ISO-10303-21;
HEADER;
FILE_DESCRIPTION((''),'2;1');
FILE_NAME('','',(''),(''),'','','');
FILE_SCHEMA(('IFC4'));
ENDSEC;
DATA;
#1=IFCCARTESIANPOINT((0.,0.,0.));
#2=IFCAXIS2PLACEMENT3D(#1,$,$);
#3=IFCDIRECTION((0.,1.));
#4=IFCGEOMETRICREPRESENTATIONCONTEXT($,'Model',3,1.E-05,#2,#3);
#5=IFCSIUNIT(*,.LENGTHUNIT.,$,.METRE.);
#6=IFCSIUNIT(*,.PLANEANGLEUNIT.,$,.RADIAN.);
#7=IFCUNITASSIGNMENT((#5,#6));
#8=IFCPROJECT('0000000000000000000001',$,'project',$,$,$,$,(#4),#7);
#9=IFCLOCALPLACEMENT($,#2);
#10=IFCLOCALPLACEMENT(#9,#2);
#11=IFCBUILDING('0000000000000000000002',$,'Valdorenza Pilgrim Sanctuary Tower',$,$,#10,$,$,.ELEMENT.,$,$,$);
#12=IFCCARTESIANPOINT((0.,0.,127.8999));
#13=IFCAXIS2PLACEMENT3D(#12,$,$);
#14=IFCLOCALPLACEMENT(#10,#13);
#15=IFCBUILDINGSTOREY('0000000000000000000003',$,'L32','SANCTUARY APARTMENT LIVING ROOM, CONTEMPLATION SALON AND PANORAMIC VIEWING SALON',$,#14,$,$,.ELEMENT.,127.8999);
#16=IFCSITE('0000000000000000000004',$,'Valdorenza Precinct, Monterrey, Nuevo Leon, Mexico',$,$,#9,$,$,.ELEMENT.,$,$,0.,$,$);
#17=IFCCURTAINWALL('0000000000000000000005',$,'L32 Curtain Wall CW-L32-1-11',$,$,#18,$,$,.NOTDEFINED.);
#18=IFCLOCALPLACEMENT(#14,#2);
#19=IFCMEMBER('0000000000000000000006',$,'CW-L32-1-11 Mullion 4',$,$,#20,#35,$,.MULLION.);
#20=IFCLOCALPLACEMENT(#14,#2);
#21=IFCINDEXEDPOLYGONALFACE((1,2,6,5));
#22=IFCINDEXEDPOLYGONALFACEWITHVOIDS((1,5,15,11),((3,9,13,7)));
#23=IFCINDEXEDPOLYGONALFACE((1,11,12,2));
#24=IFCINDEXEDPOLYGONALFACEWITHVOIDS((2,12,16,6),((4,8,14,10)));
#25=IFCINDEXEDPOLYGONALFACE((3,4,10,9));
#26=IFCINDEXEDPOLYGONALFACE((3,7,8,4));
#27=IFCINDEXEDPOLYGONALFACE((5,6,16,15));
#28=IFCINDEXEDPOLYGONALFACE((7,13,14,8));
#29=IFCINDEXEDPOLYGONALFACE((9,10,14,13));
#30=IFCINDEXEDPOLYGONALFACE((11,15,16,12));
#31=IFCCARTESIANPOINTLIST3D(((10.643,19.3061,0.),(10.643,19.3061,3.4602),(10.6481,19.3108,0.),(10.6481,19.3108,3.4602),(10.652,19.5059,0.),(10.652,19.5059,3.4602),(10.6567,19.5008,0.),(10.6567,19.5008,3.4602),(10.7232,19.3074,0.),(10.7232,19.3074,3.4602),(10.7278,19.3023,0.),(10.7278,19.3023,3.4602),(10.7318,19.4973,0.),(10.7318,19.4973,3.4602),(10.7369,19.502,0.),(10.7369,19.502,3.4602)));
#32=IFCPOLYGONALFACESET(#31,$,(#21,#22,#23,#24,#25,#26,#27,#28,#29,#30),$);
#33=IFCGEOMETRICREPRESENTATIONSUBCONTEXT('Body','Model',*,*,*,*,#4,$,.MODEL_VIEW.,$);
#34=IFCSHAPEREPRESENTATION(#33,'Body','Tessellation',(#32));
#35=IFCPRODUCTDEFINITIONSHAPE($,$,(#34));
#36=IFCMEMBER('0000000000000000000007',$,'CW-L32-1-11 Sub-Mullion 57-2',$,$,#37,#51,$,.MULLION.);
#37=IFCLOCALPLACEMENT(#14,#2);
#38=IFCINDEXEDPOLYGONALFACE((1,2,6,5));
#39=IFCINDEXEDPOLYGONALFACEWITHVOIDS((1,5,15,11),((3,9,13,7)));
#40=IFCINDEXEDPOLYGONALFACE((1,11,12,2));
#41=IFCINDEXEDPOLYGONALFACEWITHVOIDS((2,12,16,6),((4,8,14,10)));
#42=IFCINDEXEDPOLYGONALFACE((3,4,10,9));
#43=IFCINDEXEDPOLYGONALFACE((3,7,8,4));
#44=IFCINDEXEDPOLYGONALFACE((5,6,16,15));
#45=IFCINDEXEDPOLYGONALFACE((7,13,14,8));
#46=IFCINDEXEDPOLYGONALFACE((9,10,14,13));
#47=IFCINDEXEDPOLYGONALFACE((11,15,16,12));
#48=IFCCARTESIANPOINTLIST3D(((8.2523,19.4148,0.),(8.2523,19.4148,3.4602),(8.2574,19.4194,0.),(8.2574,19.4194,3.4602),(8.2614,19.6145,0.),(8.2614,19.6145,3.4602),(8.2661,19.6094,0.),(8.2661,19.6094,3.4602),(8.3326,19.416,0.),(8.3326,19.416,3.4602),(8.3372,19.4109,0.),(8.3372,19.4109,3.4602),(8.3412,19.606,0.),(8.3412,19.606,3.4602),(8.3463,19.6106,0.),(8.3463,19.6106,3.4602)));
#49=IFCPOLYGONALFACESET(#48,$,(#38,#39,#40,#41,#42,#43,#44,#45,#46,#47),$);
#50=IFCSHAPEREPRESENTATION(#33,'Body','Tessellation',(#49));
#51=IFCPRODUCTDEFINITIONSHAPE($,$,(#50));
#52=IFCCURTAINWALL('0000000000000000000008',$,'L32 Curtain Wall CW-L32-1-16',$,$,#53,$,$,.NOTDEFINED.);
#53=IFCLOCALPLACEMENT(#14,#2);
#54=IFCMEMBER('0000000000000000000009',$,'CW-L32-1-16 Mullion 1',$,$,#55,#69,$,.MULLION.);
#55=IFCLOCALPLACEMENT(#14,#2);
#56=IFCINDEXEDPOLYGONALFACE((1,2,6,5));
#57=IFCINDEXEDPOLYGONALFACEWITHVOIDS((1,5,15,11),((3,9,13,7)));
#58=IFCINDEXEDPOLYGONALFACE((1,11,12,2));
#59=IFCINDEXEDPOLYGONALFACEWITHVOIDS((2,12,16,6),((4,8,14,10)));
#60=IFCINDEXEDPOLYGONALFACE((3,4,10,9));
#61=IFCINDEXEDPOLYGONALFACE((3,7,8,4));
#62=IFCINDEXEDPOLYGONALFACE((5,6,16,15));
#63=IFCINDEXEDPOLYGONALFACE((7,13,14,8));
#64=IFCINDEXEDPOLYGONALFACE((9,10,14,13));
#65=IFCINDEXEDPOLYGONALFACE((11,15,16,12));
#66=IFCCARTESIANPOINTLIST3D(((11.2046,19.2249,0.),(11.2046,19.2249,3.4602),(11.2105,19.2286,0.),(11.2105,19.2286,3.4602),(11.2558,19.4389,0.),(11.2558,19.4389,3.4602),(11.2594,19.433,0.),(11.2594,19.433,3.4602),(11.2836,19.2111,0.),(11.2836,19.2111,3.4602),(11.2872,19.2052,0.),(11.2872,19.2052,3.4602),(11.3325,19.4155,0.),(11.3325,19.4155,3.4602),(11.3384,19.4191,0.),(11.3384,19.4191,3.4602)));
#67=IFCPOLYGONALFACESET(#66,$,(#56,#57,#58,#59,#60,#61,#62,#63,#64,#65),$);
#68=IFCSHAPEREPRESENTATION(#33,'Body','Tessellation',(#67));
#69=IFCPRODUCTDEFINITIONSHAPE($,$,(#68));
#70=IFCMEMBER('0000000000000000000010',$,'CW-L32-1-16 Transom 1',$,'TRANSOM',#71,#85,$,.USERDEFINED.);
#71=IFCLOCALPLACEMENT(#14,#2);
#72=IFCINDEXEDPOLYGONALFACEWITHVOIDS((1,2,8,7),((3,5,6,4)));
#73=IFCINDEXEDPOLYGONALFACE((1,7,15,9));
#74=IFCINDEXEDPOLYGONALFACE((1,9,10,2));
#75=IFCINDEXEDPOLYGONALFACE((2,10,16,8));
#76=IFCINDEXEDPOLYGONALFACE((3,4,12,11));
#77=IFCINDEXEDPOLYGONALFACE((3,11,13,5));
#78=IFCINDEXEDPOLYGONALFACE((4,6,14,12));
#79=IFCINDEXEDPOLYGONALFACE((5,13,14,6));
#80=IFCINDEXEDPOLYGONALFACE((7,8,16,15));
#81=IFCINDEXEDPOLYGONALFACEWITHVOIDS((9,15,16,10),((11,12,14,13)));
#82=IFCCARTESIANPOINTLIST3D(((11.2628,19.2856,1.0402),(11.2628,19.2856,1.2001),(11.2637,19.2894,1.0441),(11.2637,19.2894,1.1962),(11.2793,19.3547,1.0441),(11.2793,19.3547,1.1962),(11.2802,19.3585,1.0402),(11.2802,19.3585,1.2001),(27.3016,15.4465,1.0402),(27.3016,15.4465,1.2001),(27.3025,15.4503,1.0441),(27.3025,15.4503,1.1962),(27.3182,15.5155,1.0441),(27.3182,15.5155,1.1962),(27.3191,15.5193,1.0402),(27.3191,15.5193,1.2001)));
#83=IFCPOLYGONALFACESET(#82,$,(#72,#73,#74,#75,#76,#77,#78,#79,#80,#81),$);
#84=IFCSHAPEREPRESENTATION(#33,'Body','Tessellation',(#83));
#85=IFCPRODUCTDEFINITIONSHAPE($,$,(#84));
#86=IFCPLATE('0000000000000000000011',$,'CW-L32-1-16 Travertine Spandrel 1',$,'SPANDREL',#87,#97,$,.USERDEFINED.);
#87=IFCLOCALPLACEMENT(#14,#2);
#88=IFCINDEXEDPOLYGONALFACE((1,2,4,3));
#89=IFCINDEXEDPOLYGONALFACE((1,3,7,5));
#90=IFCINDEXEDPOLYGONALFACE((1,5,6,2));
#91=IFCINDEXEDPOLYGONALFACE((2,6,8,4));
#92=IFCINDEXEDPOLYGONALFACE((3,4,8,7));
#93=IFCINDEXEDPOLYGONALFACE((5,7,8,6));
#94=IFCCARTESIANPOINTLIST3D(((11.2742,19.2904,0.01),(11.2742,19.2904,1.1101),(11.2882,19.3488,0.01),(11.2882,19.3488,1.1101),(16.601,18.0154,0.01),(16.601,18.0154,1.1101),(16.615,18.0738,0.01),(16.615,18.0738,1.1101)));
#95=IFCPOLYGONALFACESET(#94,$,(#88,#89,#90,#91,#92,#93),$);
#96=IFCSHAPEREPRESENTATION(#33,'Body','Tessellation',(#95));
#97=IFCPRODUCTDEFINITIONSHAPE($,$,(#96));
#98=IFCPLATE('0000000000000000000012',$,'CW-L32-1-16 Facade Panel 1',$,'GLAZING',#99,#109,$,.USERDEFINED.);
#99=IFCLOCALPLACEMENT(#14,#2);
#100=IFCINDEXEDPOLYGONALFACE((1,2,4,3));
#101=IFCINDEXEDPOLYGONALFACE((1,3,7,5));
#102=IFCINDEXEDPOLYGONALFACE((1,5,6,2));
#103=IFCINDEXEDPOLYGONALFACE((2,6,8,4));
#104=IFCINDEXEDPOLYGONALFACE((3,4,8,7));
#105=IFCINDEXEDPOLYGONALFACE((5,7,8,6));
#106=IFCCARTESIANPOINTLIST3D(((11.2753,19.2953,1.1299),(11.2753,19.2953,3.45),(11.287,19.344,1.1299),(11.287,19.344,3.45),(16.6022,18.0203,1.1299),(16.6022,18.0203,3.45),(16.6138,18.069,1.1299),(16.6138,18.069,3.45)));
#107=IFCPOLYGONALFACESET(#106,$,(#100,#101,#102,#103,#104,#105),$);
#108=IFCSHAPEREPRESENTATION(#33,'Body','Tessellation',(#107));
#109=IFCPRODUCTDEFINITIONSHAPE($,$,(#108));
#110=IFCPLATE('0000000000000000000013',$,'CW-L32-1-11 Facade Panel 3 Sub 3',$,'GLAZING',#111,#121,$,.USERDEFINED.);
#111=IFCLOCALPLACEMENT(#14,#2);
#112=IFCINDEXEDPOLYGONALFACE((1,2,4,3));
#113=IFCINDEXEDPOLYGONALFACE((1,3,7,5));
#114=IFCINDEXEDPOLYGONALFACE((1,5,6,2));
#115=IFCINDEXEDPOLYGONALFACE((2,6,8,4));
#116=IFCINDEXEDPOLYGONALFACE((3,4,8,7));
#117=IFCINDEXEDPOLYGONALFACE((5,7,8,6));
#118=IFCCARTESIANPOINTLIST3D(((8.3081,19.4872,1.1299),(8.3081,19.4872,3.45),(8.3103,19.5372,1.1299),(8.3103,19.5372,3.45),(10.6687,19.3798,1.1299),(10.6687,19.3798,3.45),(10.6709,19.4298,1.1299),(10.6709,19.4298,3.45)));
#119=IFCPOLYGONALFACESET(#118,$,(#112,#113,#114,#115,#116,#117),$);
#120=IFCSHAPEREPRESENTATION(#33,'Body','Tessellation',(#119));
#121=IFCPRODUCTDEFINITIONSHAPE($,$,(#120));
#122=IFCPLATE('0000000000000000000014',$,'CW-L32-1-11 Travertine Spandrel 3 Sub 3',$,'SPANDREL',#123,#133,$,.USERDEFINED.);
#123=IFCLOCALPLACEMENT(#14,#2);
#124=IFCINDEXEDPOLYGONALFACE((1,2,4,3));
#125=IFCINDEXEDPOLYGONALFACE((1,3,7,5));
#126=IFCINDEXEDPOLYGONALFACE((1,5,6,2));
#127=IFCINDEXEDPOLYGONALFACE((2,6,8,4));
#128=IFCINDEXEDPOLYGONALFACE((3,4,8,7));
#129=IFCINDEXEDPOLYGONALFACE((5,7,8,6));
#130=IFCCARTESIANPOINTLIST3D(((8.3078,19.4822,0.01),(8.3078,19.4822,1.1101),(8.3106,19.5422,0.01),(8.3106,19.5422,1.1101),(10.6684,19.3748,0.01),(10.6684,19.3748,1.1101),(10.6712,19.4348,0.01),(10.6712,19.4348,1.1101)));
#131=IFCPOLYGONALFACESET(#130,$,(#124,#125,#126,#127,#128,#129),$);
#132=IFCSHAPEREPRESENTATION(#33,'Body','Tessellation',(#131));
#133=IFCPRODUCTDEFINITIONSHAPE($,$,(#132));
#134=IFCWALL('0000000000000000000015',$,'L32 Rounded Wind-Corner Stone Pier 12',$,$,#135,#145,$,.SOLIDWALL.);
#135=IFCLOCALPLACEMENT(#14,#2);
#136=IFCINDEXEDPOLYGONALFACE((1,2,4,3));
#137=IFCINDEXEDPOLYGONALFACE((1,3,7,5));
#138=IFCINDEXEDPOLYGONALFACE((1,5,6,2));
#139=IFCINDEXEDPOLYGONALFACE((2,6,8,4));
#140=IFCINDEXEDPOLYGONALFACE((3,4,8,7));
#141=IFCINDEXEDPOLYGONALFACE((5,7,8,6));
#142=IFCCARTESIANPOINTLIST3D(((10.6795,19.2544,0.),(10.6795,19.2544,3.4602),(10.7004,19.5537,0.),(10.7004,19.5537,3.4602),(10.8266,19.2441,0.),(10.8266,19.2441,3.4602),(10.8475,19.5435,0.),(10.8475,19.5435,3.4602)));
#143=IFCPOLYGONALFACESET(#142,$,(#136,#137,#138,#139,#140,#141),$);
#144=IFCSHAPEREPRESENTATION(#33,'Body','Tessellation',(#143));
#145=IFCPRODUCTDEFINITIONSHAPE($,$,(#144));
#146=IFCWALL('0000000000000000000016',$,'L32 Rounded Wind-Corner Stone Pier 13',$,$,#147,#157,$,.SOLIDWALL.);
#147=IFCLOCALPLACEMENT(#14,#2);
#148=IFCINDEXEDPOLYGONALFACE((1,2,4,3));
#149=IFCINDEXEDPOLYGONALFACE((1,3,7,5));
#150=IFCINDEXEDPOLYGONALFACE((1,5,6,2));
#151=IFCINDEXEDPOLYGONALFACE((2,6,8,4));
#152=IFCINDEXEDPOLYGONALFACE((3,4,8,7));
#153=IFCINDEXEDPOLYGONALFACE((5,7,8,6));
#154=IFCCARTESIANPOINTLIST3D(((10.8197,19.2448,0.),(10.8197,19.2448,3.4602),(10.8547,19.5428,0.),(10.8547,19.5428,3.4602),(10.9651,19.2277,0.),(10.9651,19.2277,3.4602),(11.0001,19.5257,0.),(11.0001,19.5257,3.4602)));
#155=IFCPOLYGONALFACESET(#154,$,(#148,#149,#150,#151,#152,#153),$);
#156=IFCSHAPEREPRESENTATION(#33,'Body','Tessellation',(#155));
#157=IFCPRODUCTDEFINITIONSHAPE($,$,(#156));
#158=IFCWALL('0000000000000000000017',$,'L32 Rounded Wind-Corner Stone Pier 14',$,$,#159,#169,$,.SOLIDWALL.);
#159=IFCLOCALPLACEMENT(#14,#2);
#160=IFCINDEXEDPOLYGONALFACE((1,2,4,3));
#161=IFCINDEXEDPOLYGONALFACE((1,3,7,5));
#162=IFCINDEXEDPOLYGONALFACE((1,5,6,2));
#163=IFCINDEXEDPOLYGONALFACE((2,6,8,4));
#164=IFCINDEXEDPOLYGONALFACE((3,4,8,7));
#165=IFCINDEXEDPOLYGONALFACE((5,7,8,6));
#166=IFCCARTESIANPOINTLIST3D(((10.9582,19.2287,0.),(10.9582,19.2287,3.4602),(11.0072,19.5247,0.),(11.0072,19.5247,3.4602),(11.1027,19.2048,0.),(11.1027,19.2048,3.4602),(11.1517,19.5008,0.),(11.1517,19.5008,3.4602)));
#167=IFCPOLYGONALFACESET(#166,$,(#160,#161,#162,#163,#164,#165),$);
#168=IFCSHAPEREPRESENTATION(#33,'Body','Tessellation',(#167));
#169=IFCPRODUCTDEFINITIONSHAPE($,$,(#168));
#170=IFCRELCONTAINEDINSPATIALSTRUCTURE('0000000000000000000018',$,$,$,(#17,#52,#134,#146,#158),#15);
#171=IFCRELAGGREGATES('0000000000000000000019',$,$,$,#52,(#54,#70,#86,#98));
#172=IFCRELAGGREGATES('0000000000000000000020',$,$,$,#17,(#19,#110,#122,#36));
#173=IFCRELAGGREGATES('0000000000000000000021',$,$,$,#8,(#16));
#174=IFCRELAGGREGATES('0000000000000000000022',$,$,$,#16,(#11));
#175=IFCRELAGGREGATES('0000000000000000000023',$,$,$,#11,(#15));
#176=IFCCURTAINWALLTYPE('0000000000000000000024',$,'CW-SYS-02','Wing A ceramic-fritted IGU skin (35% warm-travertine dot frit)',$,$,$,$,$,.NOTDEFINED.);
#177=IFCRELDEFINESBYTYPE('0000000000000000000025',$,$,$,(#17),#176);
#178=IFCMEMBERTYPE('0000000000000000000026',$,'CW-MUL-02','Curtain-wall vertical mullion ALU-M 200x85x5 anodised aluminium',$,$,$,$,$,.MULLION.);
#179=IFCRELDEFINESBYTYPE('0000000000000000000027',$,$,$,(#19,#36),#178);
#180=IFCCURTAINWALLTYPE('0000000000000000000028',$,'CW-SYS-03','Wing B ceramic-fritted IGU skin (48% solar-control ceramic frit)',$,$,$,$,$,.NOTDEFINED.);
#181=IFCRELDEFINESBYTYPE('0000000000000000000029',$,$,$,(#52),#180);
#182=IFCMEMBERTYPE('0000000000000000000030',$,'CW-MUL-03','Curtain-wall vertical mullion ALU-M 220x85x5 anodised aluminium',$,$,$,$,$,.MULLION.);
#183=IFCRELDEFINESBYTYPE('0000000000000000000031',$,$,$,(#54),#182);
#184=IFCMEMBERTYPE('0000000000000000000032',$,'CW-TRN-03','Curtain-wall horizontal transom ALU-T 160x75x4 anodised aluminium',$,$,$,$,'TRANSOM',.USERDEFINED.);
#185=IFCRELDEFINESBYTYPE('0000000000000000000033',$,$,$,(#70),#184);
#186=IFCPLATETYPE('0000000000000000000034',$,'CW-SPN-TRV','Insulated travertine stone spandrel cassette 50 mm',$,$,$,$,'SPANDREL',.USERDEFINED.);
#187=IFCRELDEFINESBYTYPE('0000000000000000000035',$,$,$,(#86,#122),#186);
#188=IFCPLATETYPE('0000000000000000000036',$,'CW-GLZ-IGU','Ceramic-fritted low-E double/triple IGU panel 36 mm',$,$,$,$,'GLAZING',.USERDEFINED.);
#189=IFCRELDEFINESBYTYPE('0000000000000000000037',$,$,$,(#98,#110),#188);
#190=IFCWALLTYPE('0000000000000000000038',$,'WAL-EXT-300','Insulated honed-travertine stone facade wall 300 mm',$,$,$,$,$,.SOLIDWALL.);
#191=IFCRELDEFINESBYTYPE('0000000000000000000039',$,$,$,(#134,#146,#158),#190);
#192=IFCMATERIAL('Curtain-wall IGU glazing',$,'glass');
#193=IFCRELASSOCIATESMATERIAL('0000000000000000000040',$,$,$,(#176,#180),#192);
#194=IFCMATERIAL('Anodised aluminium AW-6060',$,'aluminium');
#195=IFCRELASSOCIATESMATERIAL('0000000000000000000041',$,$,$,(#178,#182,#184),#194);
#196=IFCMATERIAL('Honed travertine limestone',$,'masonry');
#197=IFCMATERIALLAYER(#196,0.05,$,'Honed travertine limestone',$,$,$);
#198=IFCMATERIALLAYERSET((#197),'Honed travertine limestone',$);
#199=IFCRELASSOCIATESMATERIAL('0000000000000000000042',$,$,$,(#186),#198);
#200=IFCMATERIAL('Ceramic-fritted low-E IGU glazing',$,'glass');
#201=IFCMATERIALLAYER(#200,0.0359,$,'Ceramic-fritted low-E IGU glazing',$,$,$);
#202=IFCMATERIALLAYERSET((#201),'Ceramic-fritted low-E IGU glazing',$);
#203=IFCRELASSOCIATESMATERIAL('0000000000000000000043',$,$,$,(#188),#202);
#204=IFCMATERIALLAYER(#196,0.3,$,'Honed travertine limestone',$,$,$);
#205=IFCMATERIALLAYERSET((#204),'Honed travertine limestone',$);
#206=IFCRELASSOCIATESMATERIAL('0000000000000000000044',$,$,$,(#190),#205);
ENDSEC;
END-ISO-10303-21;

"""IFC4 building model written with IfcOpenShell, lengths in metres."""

from ifc_helpers import new_model, si_unit, direction, frame, frame_2d, origin, origin_2d, place, context, subcontext, project, spatial, rectangle, hollow_rectangle, extrude, source, transform, mapped, material, layer, layer_set, material_profile, profile_set, type_object, element, aggregate, save


model = new_model("IFC4")

# Units and contexts
model_context = context("Model", 3, precision=1e-05, world=origin(), true_north=direction((0.0, 1.0)))
body_context = subcontext(model_context, "Body", "Model", "MODEL_VIEW")
ifc_project = project(units=[si_unit("LENGTHUNIT", "METRE"), si_unit("PLANEANGLEUNIT", "RADIAN")], contexts=[model_context])

# Site, building, storey
site_placement = place(None, origin())
site = spatial("IfcSite", under=ifc_project, at=site_placement, Name="Valdorenza Precinct, Monterrey, Nuevo Leon, Mexico", CompositionType="ELEMENT", RefElevation=0.0)
building_placement = place(site_placement, origin())
building = spatial("IfcBuilding", under=site, at=building_placement, Name="Valdorenza Pilgrim Sanctuary Tower", CompositionType="ELEMENT")
storey_placement = place(building_placement, frame((0.0, 0.0, 127.8999)))
storey = spatial("IfcBuildingStorey", under=building, at=storey_placement, Name="L32", Description="SANCTUARY APARTMENT LIVING ROOM, CONTEMPLATION SALON AND PANORAMIC VIEWING SALON", CompositionType="ELEMENT", Elevation=127.8999)

# Curtain wall, members
ifc_material_1 = material(Name="Curtain-wall IGU glazing", Category="glass")
curtain_wall_type_1 = type_object("IfcCurtainWallType", Name="CW-SYS-02", Description="Wing A ceramic-fritted IGU skin (35% warm-travertine dot frit)", PredefinedType="NOTDEFINED", material=ifc_material_1)
curtain_wall_1_placement = place(storey_placement, origin())
curtain_wall_1 = element("IfcCurtainWall", 1, at=curtain_wall_1_placement, inside=storey, type_object=curtain_wall_type_1, Name="L32 Curtain Wall CW-L32-1-11", PredefinedType="NOTDEFINED")
ifc_material_2 = material(Name="Anodised aluminium AW-6060", Category="aluminium")
ifc_material_profile_1 = material_profile(ifc_material_2, hollow_rectangle(XDim=0.085, YDim=0.2, WallThickness=0.0049, at=origin_2d()), Name="ALU-M 200x85x5")
ifc_profile_set_1 = profile_set([ifc_material_profile_1], Name="Anodised aluminium AW-6060")
member_type_1 = type_object("IfcMemberType", Name="CW-MUL-02", Description="Curtain-wall vertical mullion ALU-M 200x85x5 anodised aluminium", PredefinedType="MULLION", material=ifc_profile_set_1)
shared_shape_1 = source(origin(), body_context, "Body", "SweptSolid", [
    extrude(hollow_rectangle(XDim=0.085, YDim=0.2, WallThickness=0.0049, at=origin_2d()), origin(), (0.0, 0.0, 1.0), 3.4602),
])
member_1_placement = place(storey_placement, frame((10.6899, 19.4041, 0.0), z_axis=(0.0, 0.0, 1.0), x_axis=(0.998968, -0.045415, 0.0)))
member_1 = element("IfcMember", 2, at=member_1_placement, type_object=member_type_1, Name="CW-L32-1-11 Mullion 4", PredefinedType="MULLION", context=body_context, shape_type="MappedRepresentation", body=[
    mapped(shared_shape_1, transform((0.0, 0.0, 0.0), x_axis=(1.0, 0.0, 0.0), y_axis=(0.0, 1.0, 0.0), z_axis=(0.0, 0.0, 1.0), scale=1.0)),
])
member_2_placement = place(storey_placement, frame((8.2993, 19.5127, 0.0), z_axis=(0.0, 0.0, 1.0), x_axis=(0.998968, -0.045415, 0.0)))
member_2 = element("IfcMember", 3, at=member_2_placement, type_object=member_type_1, Name="CW-L32-1-11 Sub-Mullion 57-2", PredefinedType="MULLION", context=body_context, shape_type="MappedRepresentation", body=[
    mapped(shared_shape_1, transform((0.0, 0.0, 0.0), x_axis=(1.0, 0.0, 0.0), y_axis=(0.0, 1.0, 0.0), z_axis=(0.0, 0.0, 1.0), scale=1.0)),
])

# Curtain wall, members, plates
curtain_wall_type_2 = type_object("IfcCurtainWallType", Name="CW-SYS-03", Description="Wing B ceramic-fritted IGU skin (48% solar-control ceramic frit)", PredefinedType="NOTDEFINED", material=ifc_material_1)
curtain_wall_2_placement = place(storey_placement, origin())
curtain_wall_2 = element("IfcCurtainWall", 4, at=curtain_wall_2_placement, inside=storey, type_object=curtain_wall_type_2, Name="L32 Curtain Wall CW-L32-1-16", PredefinedType="NOTDEFINED")
ifc_material_profile_2 = material_profile(ifc_material_2, hollow_rectangle(XDim=0.085, YDim=0.22, WallThickness=0.0049, at=origin_2d()), Name="ALU-M 220x85x5")
ifc_profile_set_2 = profile_set([ifc_material_profile_2], Name="Anodised aluminium AW-6060")
member_type_2 = type_object("IfcMemberType", Name="CW-MUL-03", Description="Curtain-wall vertical mullion ALU-M 220x85x5 anodised aluminium", PredefinedType="MULLION", material=ifc_profile_set_2)
shared_shape_2 = source(origin(), body_context, "Body", "SweptSolid", [
    extrude(hollow_rectangle(XDim=0.085, YDim=0.22, WallThickness=0.0049, at=origin_2d()), origin(), (0.0, 0.0, 1.0), 3.4602),
])
member_3_placement = place(storey_placement, frame((11.2715, 19.322, 0.0), z_axis=(0.0, 0.0, 1.0), x_axis=(0.972529, -0.232783, 0.0)))
member_3 = element("IfcMember", 5, at=member_3_placement, type_object=member_type_2, Name="CW-L32-1-16 Mullion 1", PredefinedType="MULLION", context=body_context, shape_type="MappedRepresentation", body=[
    mapped(shared_shape_2, transform((0.0, 0.0, 0.0), x_axis=(1.0, 0.0, 0.0), y_axis=(0.0, 1.0, 0.0), z_axis=(0.0, 0.0, 1.0), scale=1.0)),
])
ifc_material_profile_3 = material_profile(ifc_material_2, hollow_rectangle(XDim=0.075, YDim=0.1599, WallThickness=0.0039, at=origin_2d()), Name="ALU-T 160x75x4")
ifc_profile_set_3 = profile_set([ifc_material_profile_3], Name="Anodised aluminium AW-6060")
member_type_3 = type_object("IfcMemberType", Name="CW-TRN-03", Description="Curtain-wall horizontal transom ALU-T 160x75x4 anodised aluminium", ElementType="TRANSOM", PredefinedType="USERDEFINED", material=ifc_profile_set_3)
shared_shape_3 = source(origin(), body_context, "Body", "SweptSolid", [
    extrude(hollow_rectangle(XDim=0.075, YDim=0.1599, WallThickness=0.0039, at=origin_2d()), origin(), (0.0, 0.0, 1.0), 16.4919),
])
member_4_placement = place(storey_placement, frame((11.2715, 19.322, 1.1201), z_axis=(0.972528, -0.232788, 0.0), x_axis=(0.232788, 0.972528, 0.0)))
member_4 = element("IfcMember", 6, at=member_4_placement, type_object=member_type_3, Name="CW-L32-1-16 Transom 1", ObjectType="TRANSOM", PredefinedType="USERDEFINED", context=body_context, shape_type="MappedRepresentation", body=[
    mapped(shared_shape_3, transform((0.0, 0.0, 0.0), x_axis=(1.0, 0.0, 0.0), y_axis=(0.0, 1.0, 0.0), z_axis=(0.0, 0.0, 1.0), scale=1.0)),
])
ifc_material_3 = material(Name="Honed travertine limestone", Category="masonry")
ifc_layer_1 = layer(ifc_material_3, 0.05, Name="Honed travertine limestone")
ifc_layer_set_1 = layer_set([ifc_layer_1], Name="Honed travertine limestone")
plate_type_1 = type_object("IfcPlateType", Name="CW-SPN-TRV", Description="Insulated travertine stone spandrel cassette 50 mm", ElementType="SPANDREL", PredefinedType="USERDEFINED", material=ifc_layer_set_1)
shared_shape_4 = source(origin(), body_context, "Body", "SweptSolid", [
    extrude(rectangle(XDim=5.4773, YDim=0.0601, at=origin_2d()), origin(), (0.0, 0.0, 1.0), 1.1001),
])
plate_1_placement = place(storey_placement, frame((13.9446, 18.6821, 0.01), z_axis=(0.0, 0.0, 1.0), x_axis=(0.972529, -0.232783, 0.0)))
plate_1 = element("IfcPlate", 7, at=plate_1_placement, type_object=plate_type_1, Name="CW-L32-1-16 Travertine Spandrel 1", ObjectType="SPANDREL", PredefinedType="USERDEFINED", context=body_context, shape_type="MappedRepresentation", body=[
    mapped(shared_shape_4, transform((0.0, 0.0, 0.0), x_axis=(1.0, 0.0, 0.0), y_axis=(0.0, 1.0, 0.0), z_axis=(0.0, 0.0, 1.0), scale=1.0)),
])
ifc_material_4 = material(Name="Ceramic-fritted low-E IGU glazing", Category="glass")
ifc_layer_2 = layer(ifc_material_4, 0.0359, Name="Ceramic-fritted low-E IGU glazing")
ifc_layer_set_2 = layer_set([ifc_layer_2], Name="Ceramic-fritted low-E IGU glazing")
plate_type_2 = type_object("IfcPlateType", Name="CW-GLZ-IGU", Description="Ceramic-fritted low-E double/triple IGU panel 36 mm", ElementType="GLAZING", PredefinedType="USERDEFINED", material=ifc_layer_set_2)
shared_shape_5 = source(origin(), body_context, "Body", "SweptSolid", [
    extrude(rectangle(XDim=5.4773, YDim=0.05, at=origin_2d()), origin(), (0.0, 0.0, 1.0), 2.3201),
])
plate_2_placement = place(storey_placement, frame((13.9446, 18.6821, 1.1299), z_axis=(0.0, 0.0, 1.0), x_axis=(0.972529, -0.232783, 0.0)))
plate_2 = element("IfcPlate", 8, at=plate_2_placement, type_object=plate_type_2, Name="CW-L32-1-16 Facade Panel 1", ObjectType="GLAZING", PredefinedType="USERDEFINED", context=body_context, shape_type="MappedRepresentation", body=[
    mapped(shared_shape_5, transform((0.0, 0.0, 0.0), x_axis=(1.0, 0.0, 0.0), y_axis=(0.0, 1.0, 0.0), z_axis=(0.0, 0.0, 1.0), scale=1.0)),
])
aggregate(curtain_wall_2, [member_3, member_4, plate_1, plate_2])

# Plates
shared_shape_6 = source(origin(), body_context, "Body", "SweptSolid", [
    extrude(rectangle(XDim=2.363, YDim=0.05, at=origin_2d()), origin(), (0.0, 0.0, 1.0), 2.3201),
])
plate_3_placement = place(storey_placement, frame((9.4895, 19.4585, 1.1299), z_axis=(0.0, 0.0, 1.0), x_axis=(0.998968, -0.045415, 0.0)))
plate_3 = element("IfcPlate", 9, at=plate_3_placement, type_object=plate_type_2, Name="CW-L32-1-11 Facade Panel 3 Sub 3", ObjectType="GLAZING", PredefinedType="USERDEFINED", context=body_context, shape_type="MappedRepresentation", body=[
    mapped(shared_shape_6, transform((0.0, 0.0, 0.0), x_axis=(1.0, 0.0, 0.0), y_axis=(0.0, 1.0, 0.0), z_axis=(0.0, 0.0, 1.0), scale=1.0)),
])
shared_shape_7 = source(origin(), body_context, "Body", "SweptSolid", [
    extrude(rectangle(XDim=2.363, YDim=0.0601, at=origin_2d()), origin(), (0.0, 0.0, 1.0), 1.1001),
])
plate_4_placement = place(storey_placement, frame((9.4895, 19.4585, 0.01), z_axis=(0.0, 0.0, 1.0), x_axis=(0.998968, -0.045415, 0.0)))
plate_4 = element("IfcPlate", 10, at=plate_4_placement, type_object=plate_type_1, Name="CW-L32-1-11 Travertine Spandrel 3 Sub 3", ObjectType="SPANDREL", PredefinedType="USERDEFINED", context=body_context, shape_type="MappedRepresentation", body=[
    mapped(shared_shape_7, transform((0.0, 0.0, 0.0), x_axis=(1.0, 0.0, 0.0), y_axis=(0.0, 1.0, 0.0), z_axis=(0.0, 0.0, 1.0), scale=1.0)),
])
aggregate(curtain_wall_1, [member_1, plate_3, plate_4, member_2])

# Walls
ifc_layer_3 = layer(ifc_material_3, 0.3, Name="Honed travertine limestone")
ifc_layer_set_3 = layer_set([ifc_layer_3], Name="Honed travertine limestone")
wall_type_1 = type_object("IfcWallType", Name="WAL-EXT-300", Description="Insulated honed-travertine stone facade wall 300 mm", PredefinedType="SOLIDWALL", material=ifc_layer_set_3)
wall_1_placement = place(storey_placement, frame((10.6899, 19.4041, 0.0), z_axis=(0.0, 0.0, 1.0), x_axis=(0.997583, -0.069483, 0.0)))
element("IfcWall", 11, at=wall_1_placement, inside=storey, type_object=wall_type_1, Name="L32 Rounded Wind-Corner Stone Pier 12", PredefinedType="SOLIDWALL", context=body_context, shape_type="SweptSolid", body=[
    extrude(rectangle(XDim=0.1475, YDim=0.3, at=frame_2d((0.0737, 0.0))), origin(), (0.0, 0.0, 1.0), 3.4602),
])
for number, where, z_axis, x_axis, name in (
    (12, (10.8372, 19.3938, 0.0), (0.0, 0.0, 1.0), (0.993173, -0.116648, 0.0), "L32 Rounded Wind-Corner Stone Pier 13"),
    (13, (10.9827, 19.3767, 0.0), (0.0, 0.0, 1.0), (0.986573, -0.163318, 0.0), "L32 Rounded Wind-Corner Stone Pier 14"),
):
    element("IfcWall", number, at=place(storey_placement, frame(where, z_axis=z_axis, x_axis=x_axis)), inside=storey, type_object=wall_type_1, Name=name, PredefinedType="SOLIDWALL", context=body_context, shape_type="SweptSolid", body=[
        extrude(rectangle(XDim=0.1465, YDim=0.3, at=frame_2d((0.0732, 0.0))), origin(), (0.0, 0.0, 1.0), 3.4602),
    ])

save(model, "model.ifc")
